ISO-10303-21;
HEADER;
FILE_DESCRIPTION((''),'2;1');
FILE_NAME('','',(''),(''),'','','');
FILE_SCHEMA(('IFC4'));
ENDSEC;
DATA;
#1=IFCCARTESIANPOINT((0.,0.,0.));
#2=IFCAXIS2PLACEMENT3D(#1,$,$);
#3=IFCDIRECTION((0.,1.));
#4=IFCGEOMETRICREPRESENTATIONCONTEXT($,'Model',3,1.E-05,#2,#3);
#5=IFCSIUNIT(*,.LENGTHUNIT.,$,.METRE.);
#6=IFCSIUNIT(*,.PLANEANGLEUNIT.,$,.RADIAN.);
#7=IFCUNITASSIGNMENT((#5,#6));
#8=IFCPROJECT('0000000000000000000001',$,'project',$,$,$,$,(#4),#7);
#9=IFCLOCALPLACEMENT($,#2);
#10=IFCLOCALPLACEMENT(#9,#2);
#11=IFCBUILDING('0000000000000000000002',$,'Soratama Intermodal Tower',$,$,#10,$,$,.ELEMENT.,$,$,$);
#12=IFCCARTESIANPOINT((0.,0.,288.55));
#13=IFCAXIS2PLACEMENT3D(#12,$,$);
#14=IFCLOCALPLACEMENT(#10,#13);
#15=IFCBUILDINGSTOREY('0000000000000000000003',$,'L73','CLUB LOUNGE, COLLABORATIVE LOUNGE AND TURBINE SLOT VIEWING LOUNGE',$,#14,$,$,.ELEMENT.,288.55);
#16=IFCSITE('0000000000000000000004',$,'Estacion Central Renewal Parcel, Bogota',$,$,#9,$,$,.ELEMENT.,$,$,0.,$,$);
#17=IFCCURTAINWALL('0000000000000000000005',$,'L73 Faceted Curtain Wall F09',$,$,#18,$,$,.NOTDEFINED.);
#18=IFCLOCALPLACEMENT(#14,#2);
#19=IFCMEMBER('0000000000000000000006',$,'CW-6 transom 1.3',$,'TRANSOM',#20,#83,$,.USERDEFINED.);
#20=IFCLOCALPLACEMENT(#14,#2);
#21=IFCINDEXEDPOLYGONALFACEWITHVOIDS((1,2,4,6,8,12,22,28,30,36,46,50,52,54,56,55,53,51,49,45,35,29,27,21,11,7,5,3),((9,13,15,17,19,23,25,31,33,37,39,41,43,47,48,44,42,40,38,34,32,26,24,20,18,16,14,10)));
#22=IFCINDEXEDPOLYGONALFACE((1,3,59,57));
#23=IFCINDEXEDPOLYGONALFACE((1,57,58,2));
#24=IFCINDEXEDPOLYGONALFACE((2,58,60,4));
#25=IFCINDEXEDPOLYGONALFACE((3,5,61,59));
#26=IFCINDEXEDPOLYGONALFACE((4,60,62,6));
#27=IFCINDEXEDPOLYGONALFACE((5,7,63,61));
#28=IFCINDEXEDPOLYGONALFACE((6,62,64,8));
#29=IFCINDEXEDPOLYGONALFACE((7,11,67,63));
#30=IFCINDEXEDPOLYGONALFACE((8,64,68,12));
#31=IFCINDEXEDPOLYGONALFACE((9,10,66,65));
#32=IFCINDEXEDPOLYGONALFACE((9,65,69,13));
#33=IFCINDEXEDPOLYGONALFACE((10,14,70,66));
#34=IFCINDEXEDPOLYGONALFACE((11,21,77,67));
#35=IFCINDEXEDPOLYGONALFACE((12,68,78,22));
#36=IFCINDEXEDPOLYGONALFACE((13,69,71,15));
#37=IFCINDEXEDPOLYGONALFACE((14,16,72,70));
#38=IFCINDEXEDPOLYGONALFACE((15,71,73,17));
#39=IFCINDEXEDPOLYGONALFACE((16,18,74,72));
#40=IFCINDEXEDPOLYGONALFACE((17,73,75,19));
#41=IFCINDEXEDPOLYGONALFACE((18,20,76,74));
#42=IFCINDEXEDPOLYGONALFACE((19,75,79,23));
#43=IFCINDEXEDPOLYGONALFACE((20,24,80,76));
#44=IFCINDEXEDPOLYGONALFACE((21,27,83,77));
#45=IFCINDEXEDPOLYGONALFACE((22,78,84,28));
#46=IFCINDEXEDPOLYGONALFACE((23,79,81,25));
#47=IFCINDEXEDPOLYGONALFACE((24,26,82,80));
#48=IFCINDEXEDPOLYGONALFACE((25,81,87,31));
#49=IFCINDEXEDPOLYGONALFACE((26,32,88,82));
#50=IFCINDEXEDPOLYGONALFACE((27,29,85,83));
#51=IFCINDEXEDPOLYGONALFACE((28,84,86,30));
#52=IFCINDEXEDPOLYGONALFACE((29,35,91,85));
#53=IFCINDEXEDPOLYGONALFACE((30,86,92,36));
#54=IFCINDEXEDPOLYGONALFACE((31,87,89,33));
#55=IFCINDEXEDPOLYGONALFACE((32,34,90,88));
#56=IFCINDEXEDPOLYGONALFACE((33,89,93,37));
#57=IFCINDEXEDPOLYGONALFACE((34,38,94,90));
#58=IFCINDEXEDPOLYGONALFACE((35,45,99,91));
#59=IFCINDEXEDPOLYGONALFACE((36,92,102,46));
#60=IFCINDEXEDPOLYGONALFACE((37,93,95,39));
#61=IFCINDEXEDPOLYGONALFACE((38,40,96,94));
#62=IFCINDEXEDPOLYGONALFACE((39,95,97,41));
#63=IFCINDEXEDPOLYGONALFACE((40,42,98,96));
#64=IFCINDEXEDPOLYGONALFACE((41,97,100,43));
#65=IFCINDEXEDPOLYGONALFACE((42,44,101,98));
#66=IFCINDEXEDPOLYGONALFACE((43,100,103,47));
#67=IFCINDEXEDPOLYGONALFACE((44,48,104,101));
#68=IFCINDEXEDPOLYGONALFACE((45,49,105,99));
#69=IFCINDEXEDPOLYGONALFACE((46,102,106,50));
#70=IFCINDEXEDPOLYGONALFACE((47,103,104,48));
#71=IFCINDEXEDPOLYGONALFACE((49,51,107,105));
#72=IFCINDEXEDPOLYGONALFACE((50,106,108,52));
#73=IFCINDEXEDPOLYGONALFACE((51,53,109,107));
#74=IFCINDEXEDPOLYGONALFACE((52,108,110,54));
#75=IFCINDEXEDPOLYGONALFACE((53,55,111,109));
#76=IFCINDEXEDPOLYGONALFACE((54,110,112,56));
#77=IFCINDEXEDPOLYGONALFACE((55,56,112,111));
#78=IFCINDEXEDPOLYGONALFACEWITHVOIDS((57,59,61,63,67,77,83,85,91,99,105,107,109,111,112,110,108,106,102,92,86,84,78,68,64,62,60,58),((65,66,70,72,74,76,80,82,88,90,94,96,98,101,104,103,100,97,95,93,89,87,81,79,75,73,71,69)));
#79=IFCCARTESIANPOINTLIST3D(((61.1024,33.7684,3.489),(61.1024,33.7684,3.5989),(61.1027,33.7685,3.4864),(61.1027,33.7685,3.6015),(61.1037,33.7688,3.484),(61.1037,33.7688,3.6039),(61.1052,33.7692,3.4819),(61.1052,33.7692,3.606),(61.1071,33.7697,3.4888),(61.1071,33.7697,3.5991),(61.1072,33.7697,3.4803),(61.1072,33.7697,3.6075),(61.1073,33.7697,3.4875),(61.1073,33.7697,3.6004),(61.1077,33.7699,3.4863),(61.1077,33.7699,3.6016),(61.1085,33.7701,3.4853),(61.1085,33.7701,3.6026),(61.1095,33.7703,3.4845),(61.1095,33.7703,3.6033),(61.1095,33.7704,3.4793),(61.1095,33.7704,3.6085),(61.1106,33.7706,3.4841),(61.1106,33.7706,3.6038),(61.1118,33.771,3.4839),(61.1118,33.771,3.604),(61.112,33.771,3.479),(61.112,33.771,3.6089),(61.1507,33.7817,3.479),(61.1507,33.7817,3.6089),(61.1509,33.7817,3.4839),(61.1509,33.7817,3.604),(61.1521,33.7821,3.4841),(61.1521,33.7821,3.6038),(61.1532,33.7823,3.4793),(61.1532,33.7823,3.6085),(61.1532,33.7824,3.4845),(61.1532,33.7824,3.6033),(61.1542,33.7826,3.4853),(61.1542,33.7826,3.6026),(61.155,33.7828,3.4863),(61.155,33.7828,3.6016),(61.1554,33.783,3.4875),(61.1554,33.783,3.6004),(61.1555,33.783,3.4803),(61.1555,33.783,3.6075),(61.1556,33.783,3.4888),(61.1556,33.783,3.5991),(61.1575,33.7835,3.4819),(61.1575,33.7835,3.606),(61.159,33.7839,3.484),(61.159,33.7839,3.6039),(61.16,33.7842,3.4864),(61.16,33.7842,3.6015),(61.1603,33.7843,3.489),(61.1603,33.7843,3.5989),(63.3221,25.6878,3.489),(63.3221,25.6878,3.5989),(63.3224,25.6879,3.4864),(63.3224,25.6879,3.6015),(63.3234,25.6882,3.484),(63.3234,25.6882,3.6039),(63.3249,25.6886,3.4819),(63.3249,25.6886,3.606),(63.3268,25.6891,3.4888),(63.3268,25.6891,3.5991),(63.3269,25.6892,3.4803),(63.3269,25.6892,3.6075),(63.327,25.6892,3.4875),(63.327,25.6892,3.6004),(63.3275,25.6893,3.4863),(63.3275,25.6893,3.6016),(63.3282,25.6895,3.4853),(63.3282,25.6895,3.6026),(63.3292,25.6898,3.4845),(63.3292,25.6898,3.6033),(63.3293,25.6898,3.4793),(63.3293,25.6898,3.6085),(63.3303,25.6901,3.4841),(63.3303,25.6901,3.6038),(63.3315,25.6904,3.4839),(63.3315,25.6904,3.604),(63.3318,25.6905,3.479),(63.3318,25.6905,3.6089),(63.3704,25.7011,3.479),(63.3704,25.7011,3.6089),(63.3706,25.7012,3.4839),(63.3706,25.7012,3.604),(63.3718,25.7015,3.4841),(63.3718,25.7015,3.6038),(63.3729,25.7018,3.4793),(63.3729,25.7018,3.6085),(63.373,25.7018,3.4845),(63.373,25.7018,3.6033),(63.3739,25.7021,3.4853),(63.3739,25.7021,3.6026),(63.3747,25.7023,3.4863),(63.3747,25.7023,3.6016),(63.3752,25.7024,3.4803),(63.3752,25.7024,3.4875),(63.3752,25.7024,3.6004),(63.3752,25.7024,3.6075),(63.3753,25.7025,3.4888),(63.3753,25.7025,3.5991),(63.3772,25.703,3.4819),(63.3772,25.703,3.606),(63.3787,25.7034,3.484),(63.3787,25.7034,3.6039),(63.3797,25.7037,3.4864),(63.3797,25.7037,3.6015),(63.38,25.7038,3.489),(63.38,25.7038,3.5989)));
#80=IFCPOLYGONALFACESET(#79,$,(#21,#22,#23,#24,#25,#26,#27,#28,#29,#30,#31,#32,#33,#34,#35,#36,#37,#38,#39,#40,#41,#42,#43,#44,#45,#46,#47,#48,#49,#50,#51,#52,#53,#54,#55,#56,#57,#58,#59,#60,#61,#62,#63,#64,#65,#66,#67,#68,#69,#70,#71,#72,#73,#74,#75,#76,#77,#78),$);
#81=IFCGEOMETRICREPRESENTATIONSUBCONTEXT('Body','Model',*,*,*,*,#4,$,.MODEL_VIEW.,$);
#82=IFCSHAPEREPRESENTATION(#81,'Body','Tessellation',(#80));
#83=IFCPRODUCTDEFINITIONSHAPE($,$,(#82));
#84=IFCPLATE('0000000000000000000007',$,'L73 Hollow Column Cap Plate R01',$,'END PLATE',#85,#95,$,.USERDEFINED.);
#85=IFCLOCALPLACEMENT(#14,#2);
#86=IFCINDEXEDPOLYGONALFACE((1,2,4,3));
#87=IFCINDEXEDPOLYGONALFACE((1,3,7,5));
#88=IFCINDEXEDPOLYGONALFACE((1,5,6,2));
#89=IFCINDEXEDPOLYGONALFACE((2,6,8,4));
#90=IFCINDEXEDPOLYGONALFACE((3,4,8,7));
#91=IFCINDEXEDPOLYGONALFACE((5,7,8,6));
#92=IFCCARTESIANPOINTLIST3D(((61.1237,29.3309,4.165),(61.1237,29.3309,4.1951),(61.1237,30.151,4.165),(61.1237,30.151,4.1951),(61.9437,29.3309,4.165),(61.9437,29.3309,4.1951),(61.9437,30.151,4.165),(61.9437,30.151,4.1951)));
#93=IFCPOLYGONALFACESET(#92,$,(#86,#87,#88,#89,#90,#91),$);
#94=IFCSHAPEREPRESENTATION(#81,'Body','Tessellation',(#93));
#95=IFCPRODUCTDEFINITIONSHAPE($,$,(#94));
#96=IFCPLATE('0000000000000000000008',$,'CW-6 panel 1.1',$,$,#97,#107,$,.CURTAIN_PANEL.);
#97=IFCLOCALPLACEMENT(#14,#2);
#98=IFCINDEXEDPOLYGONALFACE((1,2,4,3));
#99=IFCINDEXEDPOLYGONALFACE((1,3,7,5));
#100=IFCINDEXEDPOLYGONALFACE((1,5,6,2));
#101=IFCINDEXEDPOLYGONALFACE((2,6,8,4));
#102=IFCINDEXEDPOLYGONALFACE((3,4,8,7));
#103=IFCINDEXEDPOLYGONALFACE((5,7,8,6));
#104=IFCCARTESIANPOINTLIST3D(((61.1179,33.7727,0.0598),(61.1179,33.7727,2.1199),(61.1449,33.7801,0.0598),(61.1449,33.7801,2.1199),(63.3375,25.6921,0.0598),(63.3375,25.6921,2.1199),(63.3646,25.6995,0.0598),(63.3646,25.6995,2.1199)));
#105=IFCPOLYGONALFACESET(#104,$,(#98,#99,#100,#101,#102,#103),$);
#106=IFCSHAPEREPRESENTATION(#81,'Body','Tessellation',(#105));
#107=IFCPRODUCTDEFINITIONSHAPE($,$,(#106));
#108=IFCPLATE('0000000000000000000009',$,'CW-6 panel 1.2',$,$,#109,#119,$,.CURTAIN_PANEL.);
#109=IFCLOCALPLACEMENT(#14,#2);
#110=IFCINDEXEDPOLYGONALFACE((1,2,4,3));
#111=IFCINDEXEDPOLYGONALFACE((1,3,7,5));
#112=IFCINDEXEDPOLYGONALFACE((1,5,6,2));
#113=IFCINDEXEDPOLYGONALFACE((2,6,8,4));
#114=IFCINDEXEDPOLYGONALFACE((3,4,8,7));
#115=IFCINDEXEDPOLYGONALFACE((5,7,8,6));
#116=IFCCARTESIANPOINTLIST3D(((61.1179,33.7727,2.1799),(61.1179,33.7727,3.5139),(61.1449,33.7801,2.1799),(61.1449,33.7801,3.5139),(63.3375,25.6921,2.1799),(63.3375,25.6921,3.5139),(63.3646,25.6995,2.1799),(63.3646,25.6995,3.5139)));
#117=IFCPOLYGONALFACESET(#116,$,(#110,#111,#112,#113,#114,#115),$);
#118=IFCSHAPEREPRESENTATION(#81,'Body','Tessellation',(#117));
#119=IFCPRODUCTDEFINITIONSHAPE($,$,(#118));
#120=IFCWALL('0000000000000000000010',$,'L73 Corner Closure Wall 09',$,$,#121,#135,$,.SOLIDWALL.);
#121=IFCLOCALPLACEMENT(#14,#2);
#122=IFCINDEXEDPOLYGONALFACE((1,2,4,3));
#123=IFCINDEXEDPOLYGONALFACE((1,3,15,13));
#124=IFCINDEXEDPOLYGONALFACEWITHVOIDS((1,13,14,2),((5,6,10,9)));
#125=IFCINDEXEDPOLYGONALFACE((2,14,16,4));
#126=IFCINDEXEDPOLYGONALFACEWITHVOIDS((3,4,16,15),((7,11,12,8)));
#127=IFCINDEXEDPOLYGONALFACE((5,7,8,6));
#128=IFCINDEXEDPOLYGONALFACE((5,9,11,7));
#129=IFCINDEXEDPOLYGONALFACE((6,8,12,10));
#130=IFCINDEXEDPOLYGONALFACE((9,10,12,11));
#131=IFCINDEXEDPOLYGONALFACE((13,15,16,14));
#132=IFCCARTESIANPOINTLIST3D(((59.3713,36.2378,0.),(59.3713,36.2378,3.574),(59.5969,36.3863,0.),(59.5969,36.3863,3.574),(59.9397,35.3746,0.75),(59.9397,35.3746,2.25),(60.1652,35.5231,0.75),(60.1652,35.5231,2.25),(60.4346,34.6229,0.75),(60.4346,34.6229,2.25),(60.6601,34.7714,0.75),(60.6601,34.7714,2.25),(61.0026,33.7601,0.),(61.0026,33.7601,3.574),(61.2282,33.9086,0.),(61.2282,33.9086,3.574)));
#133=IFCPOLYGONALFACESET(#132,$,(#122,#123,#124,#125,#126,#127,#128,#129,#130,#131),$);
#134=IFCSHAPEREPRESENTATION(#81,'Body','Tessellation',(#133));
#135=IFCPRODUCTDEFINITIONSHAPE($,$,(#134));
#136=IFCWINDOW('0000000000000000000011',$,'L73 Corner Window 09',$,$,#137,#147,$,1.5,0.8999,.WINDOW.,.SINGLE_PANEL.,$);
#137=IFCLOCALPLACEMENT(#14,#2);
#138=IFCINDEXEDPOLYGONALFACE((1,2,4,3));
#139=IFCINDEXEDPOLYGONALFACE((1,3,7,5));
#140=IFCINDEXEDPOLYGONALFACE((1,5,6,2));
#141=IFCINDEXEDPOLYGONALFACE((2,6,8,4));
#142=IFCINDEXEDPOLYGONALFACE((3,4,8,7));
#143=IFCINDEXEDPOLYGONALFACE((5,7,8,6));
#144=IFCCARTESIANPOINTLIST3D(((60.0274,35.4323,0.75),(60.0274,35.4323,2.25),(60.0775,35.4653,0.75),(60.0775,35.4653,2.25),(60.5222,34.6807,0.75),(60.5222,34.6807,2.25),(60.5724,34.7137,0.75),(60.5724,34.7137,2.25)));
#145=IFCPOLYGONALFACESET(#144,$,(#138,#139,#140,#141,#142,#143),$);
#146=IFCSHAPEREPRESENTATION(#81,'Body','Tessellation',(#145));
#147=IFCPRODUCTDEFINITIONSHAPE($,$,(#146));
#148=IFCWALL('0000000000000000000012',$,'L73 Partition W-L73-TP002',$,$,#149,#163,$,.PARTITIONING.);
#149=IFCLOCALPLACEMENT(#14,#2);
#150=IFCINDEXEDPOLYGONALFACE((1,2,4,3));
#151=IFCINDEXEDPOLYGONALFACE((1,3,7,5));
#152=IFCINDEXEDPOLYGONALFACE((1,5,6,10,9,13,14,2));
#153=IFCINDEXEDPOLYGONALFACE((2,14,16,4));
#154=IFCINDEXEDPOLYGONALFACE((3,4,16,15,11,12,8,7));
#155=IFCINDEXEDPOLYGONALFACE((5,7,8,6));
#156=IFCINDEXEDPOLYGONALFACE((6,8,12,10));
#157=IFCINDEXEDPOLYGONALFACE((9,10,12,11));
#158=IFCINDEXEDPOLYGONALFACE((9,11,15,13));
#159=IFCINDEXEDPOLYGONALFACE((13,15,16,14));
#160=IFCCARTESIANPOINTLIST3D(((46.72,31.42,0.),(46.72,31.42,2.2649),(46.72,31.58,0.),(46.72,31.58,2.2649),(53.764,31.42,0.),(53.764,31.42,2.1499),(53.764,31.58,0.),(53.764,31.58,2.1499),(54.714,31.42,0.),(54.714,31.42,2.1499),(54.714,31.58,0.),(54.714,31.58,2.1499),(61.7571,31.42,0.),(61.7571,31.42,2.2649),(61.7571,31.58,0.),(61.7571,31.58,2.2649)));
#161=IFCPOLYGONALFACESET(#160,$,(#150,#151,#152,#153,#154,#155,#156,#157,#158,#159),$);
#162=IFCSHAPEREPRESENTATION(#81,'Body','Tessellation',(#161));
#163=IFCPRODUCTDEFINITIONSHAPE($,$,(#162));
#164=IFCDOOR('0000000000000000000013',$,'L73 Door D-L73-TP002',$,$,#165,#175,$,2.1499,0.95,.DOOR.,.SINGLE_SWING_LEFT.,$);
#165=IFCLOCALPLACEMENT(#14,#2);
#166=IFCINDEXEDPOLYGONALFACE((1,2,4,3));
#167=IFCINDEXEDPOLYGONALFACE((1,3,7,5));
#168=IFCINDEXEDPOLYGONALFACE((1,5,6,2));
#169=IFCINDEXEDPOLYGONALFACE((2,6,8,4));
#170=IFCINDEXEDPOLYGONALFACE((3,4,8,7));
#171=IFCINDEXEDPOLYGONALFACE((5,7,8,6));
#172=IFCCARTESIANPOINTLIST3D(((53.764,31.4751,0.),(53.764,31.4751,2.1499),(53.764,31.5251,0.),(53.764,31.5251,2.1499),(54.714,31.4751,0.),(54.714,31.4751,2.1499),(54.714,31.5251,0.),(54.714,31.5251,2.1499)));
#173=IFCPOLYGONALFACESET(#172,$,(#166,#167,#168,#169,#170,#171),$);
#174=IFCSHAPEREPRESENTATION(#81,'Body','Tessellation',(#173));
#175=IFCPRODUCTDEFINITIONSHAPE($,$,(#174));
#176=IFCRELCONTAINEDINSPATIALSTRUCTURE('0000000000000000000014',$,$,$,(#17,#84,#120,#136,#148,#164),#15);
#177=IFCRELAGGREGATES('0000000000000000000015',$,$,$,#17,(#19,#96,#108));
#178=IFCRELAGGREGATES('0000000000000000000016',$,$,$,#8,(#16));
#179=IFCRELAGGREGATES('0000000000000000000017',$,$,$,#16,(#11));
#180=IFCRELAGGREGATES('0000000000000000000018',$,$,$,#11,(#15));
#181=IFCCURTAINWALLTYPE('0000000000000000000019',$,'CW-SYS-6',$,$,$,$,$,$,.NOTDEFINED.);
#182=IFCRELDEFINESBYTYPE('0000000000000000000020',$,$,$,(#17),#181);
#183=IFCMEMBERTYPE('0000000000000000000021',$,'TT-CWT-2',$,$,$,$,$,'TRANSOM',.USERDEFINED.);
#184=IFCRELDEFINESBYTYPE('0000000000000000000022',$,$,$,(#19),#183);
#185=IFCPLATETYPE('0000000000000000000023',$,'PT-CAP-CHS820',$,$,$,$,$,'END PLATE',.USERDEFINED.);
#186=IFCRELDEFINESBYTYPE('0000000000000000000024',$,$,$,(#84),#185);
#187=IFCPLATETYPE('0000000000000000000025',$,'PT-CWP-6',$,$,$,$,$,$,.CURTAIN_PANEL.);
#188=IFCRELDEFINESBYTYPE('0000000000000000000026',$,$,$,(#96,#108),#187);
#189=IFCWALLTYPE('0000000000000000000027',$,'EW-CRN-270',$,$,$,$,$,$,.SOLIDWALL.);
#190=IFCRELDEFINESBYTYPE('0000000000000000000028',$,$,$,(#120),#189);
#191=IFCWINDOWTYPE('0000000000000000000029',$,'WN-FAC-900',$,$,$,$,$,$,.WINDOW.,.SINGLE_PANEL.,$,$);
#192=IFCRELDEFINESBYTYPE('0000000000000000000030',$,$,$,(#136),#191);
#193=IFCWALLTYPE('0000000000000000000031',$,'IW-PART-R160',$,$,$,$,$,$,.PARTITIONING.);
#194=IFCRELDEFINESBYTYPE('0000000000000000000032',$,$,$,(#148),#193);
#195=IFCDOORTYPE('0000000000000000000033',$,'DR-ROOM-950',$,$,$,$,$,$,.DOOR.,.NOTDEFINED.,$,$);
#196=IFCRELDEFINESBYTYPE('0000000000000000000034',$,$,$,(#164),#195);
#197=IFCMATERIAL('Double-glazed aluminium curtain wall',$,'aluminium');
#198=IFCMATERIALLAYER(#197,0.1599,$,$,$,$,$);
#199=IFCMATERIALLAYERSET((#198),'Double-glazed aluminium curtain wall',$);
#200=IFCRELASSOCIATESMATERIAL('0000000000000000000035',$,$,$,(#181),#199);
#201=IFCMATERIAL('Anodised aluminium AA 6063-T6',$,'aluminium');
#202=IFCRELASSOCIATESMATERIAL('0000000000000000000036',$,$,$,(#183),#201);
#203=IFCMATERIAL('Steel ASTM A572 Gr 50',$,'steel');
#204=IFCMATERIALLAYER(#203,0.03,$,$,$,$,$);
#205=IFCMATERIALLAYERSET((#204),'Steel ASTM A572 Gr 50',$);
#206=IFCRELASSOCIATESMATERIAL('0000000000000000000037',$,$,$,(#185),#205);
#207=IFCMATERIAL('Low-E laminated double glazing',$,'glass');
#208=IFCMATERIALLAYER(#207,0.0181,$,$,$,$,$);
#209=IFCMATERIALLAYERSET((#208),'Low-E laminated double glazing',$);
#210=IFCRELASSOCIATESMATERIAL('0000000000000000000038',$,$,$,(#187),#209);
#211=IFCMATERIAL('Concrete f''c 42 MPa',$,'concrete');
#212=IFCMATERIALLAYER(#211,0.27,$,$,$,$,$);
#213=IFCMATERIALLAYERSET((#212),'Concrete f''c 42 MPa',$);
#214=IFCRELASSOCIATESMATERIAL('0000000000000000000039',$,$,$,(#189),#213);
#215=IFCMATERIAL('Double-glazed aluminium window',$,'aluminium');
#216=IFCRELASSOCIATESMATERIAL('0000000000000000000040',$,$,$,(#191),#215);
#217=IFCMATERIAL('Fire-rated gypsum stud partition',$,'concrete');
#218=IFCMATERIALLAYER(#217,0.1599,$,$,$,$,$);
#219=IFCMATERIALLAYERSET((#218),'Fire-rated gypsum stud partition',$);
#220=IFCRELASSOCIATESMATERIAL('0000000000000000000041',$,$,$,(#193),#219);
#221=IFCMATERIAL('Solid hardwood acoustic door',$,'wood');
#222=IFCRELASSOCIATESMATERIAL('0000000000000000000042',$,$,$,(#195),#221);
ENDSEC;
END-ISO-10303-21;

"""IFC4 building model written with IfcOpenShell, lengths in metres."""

from ifc_helpers import new_model, si_unit, direction, frame, frame_2d, origin, origin_2d, place, context, subcontext, project, spatial, rectangle, hollow_rectangle, extrude, material, layer, layer_set, material_profile, profile_set, type_object, element, fill, aggregate, save


model = new_model("IFC4")

# Units and contexts
model_context = context("Model", 3, precision=1e-05, world=origin(), true_north=direction((0.0, 1.0)))
body_context = subcontext(model_context, "Body", "Model", "MODEL_VIEW")
ifc_project = project(units=[si_unit("LENGTHUNIT", "METRE"), si_unit("PLANEANGLEUNIT", "RADIAN")], contexts=[model_context])

# Site, building, storey
site_placement = place(None, origin())
site = spatial("IfcSite", under=ifc_project, at=site_placement, Name="Estacion Central Renewal Parcel, Bogota", CompositionType="ELEMENT", RefElevation=0.0)
building_placement = place(site_placement, origin())
building = spatial("IfcBuilding", under=site, at=building_placement, Name="Soratama Intermodal Tower", CompositionType="ELEMENT")
storey_placement = place(building_placement, frame((0.0, 0.0, 288.55)))
storey = spatial("IfcBuildingStorey", under=building, at=storey_placement, Name="L73", Description="CLUB LOUNGE, COLLABORATIVE LOUNGE AND TURBINE SLOT VIEWING LOUNGE", CompositionType="ELEMENT", Elevation=288.55)

# Curtain wall, member
ifc_material_1 = material(Name="Double-glazed aluminium curtain wall", Category="aluminium")
ifc_layer_1 = layer(ifc_material_1, 0.1599)
ifc_layer_set_1 = layer_set([ifc_layer_1], Name="Double-glazed aluminium curtain wall")
curtain_wall_type = type_object("IfcCurtainWallType", Name="CW-SYS-6", PredefinedType="NOTDEFINED", material=ifc_layer_set_1)
curtain_wall_placement = place(storey_placement, origin())
curtain_wall = element("IfcCurtainWall", 1, at=curtain_wall_placement, inside=storey, type_object=curtain_wall_type, Name="L73 Faceted Curtain Wall F09", PredefinedType="NOTDEFINED")
ifc_material_2 = material(Name="Anodised aluminium AA 6063-T6", Category="aluminium")
ifc_material_profile_1 = material_profile(ifc_material_2, hollow_rectangle(XDim=0.0601, YDim=0.1299, WallThickness=0.0049, InnerFilletRadius=0.0049, OuterFilletRadius=0.01, at=origin_2d()), Name="CWT130X60X5")
ifc_profile_set_1 = profile_set([ifc_material_profile_1], Name="Anodised aluminium AA 6063-T6")
member_type_1 = type_object("IfcMemberType", Name="TT-CWT-2", ElementType="TRANSOM", PredefinedType="USERDEFINED", material=ifc_profile_set_1)
member_1_placement = place(storey_placement, frame((63.3511, 25.6958, 3.5439), z_axis=(-0.264887, 0.964279, 0.0), x_axis=(-0.964279, -0.264887, 0.0)))
member_1 = element("IfcMember", 2, at=member_1_placement, type_object=member_type_1, Name="CW-6 transom 1.3", ObjectType="TRANSOM", PredefinedType="USERDEFINED", context=body_context, shape_type="SweptSolid", body=[
    extrude(hollow_rectangle(XDim=0.0601, YDim=0.1299, WallThickness=0.0049, InnerFilletRadius=0.0049, OuterFilletRadius=0.01, at=origin_2d()), origin(), (0.0, 0.0, 1.0), 8.3799),
])

# Plates
ifc_material_3 = material(Name="Steel ASTM A572 Gr 50", Category="steel")
ifc_layer_2 = layer(ifc_material_3, 0.03)
ifc_layer_set_2 = layer_set([ifc_layer_2], Name="Steel ASTM A572 Gr 50")
plate_type_1 = type_object("IfcPlateType", Name="PT-CAP-CHS820", ElementType="END PLATE", PredefinedType="USERDEFINED", material=ifc_layer_set_2)
plate_1_placement = place(storey_placement, frame((61.5337, 29.741, 4.165), z_axis=(0.0, 0.0, 1.0), x_axis=(1.0, 0.0, 0.0)))
element("IfcPlate", 3, at=plate_1_placement, inside=storey, type_object=plate_type_1, Name="L73 Hollow Column Cap Plate R01", ObjectType="END PLATE", PredefinedType="USERDEFINED", context=body_context, shape_type="SweptSolid", body=[
    extrude(rectangle(XDim=0.8201, YDim=0.8201, at=origin_2d()), origin(), (0.0, 0.0, 1.0), 0.03),
])
ifc_material_4 = material(Name="Low-E laminated double glazing", Category="glass")
ifc_layer_3 = layer(ifc_material_4, 0.0181)
ifc_layer_set_3 = layer_set([ifc_layer_3], Name="Low-E laminated double glazing")
plate_type_2 = type_object("IfcPlateType", Name="PT-CWP-6", PredefinedType="CURTAIN_PANEL", material=ifc_layer_set_3)
plate_2_placement = place(storey_placement, frame((62.2412, 29.7361, 0.0598), z_axis=(0.0, 0.0, 1.0), x_axis=(-0.264877, 0.964282, 0.0)))
plate_2 = element("IfcPlate", 4, at=plate_2_placement, type_object=plate_type_2, Name="CW-6 panel 1.1", PredefinedType="CURTAIN_PANEL", context=body_context, shape_type="SweptSolid", body=[
    extrude(rectangle(XDim=8.3799, YDim=0.0281, at=origin_2d()), origin(), (0.0, 0.0, 1.0), 2.0601),
])
plate_3_placement = place(storey_placement, frame((62.2412, 29.7361, 2.1799), z_axis=(0.0, 0.0, 1.0), x_axis=(-0.264877, 0.964282, 0.0)))
plate_3 = element("IfcPlate", 5, at=plate_3_placement, type_object=plate_type_2, Name="CW-6 panel 1.2", PredefinedType="CURTAIN_PANEL", context=body_context, shape_type="SweptSolid", body=[
    extrude(rectangle(XDim=8.3799, YDim=0.0281, at=origin_2d()), origin(), (0.0, 0.0, 1.0), 1.334),
])
aggregate(curtain_wall, [member_1, plate_2, plate_3])

# Wall, opening, window
ifc_material_5 = material(Name="Concrete f'c 42 MPa", Category="concrete")
ifc_layer_4 = layer(ifc_material_5, 0.27)
ifc_layer_set_4 = layer_set([ifc_layer_4], Name="Concrete f'c 42 MPa")
wall_type_1 = type_object("IfcWallType", Name="EW-CRN-270", PredefinedType="SOLIDWALL", material=ifc_layer_set_4)
wall_1_placement = place(storey_placement, frame((61.1155, 33.8342, 0.0), z_axis=(0.0, 0.0, 1.0), x_axis=(-0.549905, 0.835227, 0.0)))
wall_1 = element("IfcWall", 6, at=wall_1_placement, inside=storey, type_object=wall_type_1, Name="L73 Corner Closure Wall 09", PredefinedType="SOLIDWALL", context=body_context, shape_type="SweptSolid", body=[
    extrude(rectangle(XDim=2.9666, YDim=0.27, at=frame_2d((1.4834, 0.0))), origin(), (0.0, 0.0, 1.0), 3.574),
])
opening_1_placement = place(wall_1_placement, frame((1.0332, 0.0, 0.75)))
opening_1 = element("IfcOpeningElement", 7, at=opening_1_placement, cuts=wall_1, PredefinedType="OPENING", context=body_context, shape_type="SweptSolid", body=[
    extrude(rectangle(XDim=0.8999, YDim=1.5, at=frame_2d((0.45, 0.75))), frame((0.0, 0.145, 0.0), z_axis=(0.0, -1.0, 0.0), x_axis=(1.0, 0.0, 0.0)), (0.0, 0.0, 1.0), 0.29),
])
ifc_material_6 = material(Name="Double-glazed aluminium window", Category="aluminium")
window_type = type_object("IfcWindowType", Name="WN-FAC-900", PartitioningType="SINGLE_PANEL", PredefinedType="WINDOW", material=ifc_material_6)
window_placement = place(opening_1_placement, origin())
window = element("IfcWindow", 8, at=window_placement, inside=storey, type_object=window_type, Name="L73 Corner Window 09", OverallHeight=1.5, OverallWidth=0.8999, PartitioningType="SINGLE_PANEL", PredefinedType="WINDOW", context=body_context, shape_type="SweptSolid", body=[
    extrude(rectangle(XDim=0.8999, YDim=1.5, at=frame_2d((0.45, 0.75))), frame((0.0, 0.03, 0.0), z_axis=(0.0, -1.0, 0.0), x_axis=(1.0, 0.0, 0.0)), (0.0, 0.0, 1.0), 0.0601),
])
fill(opening_1, window)

# Wall, opening, door
ifc_material_7 = material(Name="Fire-rated gypsum stud partition", Category="concrete")
ifc_layer_5 = layer(ifc_material_7, 0.1599)
ifc_layer_set_5 = layer_set([ifc_layer_5], Name="Fire-rated gypsum stud partition")
wall_type_2 = type_object("IfcWallType", Name="IW-PART-R160", PredefinedType="PARTITIONING", material=ifc_layer_set_5)
wall_2_placement = place(storey_placement, frame((61.7571, 31.5, 0.0), z_axis=(0.0, 0.0, 1.0), x_axis=(-1.0, 0.0, 0.0)))
wall_2 = element("IfcWall", 9, at=wall_2_placement, inside=storey, type_object=wall_type_2, Name="L73 Partition W-L73-TP002", PredefinedType="PARTITIONING", context=body_context, shape_type="SweptSolid", body=[
    extrude(rectangle(XDim=15.0371, YDim=0.1599, at=frame_2d((7.5186, 0.0))), origin(), (0.0, 0.0, 1.0), 2.2649),
])
opening_2_placement = place(wall_2_placement, frame((7.043, 0.0, 0.0)))
opening_2 = element("IfcOpeningElement", 10, at=opening_2_placement, cuts=wall_2, PredefinedType="OPENING", context=body_context, shape_type="SweptSolid", body=[
    extrude(rectangle(XDim=0.95, YDim=2.1499, at=frame_2d((0.4751, 1.075))), frame((0.0, 0.0898, 0.0), z_axis=(0.0, -1.0, 0.0), x_axis=(1.0, 0.0, 0.0)), (0.0, 0.0, 1.0), 0.1799),
])
ifc_material_8 = material(Name="Solid hardwood acoustic door", Category="wood")
door_type = type_object("IfcDoorType", Name="DR-ROOM-950", OperationType="NOTDEFINED", PredefinedType="DOOR", material=ifc_material_8)
door_placement = place(opening_2_placement, origin())
door = element("IfcDoor", 11, at=door_placement, inside=storey, type_object=door_type, Name="L73 Door D-L73-TP002", OperationType="SINGLE_SWING_LEFT", OverallHeight=2.1499, OverallWidth=0.95, PredefinedType="DOOR", context=body_context, shape_type="SweptSolid", body=[
    extrude(rectangle(XDim=0.95, YDim=2.1499, at=frame_2d((0.4751, 1.075))), frame((0.0, 0.0249, 0.0), z_axis=(0.0, -1.0, 0.0), x_axis=(1.0, 0.0, 0.0)), (0.0, 0.0, 1.0), 0.05),
])
fill(opening_2, door)

save(model, "model.ifc")
